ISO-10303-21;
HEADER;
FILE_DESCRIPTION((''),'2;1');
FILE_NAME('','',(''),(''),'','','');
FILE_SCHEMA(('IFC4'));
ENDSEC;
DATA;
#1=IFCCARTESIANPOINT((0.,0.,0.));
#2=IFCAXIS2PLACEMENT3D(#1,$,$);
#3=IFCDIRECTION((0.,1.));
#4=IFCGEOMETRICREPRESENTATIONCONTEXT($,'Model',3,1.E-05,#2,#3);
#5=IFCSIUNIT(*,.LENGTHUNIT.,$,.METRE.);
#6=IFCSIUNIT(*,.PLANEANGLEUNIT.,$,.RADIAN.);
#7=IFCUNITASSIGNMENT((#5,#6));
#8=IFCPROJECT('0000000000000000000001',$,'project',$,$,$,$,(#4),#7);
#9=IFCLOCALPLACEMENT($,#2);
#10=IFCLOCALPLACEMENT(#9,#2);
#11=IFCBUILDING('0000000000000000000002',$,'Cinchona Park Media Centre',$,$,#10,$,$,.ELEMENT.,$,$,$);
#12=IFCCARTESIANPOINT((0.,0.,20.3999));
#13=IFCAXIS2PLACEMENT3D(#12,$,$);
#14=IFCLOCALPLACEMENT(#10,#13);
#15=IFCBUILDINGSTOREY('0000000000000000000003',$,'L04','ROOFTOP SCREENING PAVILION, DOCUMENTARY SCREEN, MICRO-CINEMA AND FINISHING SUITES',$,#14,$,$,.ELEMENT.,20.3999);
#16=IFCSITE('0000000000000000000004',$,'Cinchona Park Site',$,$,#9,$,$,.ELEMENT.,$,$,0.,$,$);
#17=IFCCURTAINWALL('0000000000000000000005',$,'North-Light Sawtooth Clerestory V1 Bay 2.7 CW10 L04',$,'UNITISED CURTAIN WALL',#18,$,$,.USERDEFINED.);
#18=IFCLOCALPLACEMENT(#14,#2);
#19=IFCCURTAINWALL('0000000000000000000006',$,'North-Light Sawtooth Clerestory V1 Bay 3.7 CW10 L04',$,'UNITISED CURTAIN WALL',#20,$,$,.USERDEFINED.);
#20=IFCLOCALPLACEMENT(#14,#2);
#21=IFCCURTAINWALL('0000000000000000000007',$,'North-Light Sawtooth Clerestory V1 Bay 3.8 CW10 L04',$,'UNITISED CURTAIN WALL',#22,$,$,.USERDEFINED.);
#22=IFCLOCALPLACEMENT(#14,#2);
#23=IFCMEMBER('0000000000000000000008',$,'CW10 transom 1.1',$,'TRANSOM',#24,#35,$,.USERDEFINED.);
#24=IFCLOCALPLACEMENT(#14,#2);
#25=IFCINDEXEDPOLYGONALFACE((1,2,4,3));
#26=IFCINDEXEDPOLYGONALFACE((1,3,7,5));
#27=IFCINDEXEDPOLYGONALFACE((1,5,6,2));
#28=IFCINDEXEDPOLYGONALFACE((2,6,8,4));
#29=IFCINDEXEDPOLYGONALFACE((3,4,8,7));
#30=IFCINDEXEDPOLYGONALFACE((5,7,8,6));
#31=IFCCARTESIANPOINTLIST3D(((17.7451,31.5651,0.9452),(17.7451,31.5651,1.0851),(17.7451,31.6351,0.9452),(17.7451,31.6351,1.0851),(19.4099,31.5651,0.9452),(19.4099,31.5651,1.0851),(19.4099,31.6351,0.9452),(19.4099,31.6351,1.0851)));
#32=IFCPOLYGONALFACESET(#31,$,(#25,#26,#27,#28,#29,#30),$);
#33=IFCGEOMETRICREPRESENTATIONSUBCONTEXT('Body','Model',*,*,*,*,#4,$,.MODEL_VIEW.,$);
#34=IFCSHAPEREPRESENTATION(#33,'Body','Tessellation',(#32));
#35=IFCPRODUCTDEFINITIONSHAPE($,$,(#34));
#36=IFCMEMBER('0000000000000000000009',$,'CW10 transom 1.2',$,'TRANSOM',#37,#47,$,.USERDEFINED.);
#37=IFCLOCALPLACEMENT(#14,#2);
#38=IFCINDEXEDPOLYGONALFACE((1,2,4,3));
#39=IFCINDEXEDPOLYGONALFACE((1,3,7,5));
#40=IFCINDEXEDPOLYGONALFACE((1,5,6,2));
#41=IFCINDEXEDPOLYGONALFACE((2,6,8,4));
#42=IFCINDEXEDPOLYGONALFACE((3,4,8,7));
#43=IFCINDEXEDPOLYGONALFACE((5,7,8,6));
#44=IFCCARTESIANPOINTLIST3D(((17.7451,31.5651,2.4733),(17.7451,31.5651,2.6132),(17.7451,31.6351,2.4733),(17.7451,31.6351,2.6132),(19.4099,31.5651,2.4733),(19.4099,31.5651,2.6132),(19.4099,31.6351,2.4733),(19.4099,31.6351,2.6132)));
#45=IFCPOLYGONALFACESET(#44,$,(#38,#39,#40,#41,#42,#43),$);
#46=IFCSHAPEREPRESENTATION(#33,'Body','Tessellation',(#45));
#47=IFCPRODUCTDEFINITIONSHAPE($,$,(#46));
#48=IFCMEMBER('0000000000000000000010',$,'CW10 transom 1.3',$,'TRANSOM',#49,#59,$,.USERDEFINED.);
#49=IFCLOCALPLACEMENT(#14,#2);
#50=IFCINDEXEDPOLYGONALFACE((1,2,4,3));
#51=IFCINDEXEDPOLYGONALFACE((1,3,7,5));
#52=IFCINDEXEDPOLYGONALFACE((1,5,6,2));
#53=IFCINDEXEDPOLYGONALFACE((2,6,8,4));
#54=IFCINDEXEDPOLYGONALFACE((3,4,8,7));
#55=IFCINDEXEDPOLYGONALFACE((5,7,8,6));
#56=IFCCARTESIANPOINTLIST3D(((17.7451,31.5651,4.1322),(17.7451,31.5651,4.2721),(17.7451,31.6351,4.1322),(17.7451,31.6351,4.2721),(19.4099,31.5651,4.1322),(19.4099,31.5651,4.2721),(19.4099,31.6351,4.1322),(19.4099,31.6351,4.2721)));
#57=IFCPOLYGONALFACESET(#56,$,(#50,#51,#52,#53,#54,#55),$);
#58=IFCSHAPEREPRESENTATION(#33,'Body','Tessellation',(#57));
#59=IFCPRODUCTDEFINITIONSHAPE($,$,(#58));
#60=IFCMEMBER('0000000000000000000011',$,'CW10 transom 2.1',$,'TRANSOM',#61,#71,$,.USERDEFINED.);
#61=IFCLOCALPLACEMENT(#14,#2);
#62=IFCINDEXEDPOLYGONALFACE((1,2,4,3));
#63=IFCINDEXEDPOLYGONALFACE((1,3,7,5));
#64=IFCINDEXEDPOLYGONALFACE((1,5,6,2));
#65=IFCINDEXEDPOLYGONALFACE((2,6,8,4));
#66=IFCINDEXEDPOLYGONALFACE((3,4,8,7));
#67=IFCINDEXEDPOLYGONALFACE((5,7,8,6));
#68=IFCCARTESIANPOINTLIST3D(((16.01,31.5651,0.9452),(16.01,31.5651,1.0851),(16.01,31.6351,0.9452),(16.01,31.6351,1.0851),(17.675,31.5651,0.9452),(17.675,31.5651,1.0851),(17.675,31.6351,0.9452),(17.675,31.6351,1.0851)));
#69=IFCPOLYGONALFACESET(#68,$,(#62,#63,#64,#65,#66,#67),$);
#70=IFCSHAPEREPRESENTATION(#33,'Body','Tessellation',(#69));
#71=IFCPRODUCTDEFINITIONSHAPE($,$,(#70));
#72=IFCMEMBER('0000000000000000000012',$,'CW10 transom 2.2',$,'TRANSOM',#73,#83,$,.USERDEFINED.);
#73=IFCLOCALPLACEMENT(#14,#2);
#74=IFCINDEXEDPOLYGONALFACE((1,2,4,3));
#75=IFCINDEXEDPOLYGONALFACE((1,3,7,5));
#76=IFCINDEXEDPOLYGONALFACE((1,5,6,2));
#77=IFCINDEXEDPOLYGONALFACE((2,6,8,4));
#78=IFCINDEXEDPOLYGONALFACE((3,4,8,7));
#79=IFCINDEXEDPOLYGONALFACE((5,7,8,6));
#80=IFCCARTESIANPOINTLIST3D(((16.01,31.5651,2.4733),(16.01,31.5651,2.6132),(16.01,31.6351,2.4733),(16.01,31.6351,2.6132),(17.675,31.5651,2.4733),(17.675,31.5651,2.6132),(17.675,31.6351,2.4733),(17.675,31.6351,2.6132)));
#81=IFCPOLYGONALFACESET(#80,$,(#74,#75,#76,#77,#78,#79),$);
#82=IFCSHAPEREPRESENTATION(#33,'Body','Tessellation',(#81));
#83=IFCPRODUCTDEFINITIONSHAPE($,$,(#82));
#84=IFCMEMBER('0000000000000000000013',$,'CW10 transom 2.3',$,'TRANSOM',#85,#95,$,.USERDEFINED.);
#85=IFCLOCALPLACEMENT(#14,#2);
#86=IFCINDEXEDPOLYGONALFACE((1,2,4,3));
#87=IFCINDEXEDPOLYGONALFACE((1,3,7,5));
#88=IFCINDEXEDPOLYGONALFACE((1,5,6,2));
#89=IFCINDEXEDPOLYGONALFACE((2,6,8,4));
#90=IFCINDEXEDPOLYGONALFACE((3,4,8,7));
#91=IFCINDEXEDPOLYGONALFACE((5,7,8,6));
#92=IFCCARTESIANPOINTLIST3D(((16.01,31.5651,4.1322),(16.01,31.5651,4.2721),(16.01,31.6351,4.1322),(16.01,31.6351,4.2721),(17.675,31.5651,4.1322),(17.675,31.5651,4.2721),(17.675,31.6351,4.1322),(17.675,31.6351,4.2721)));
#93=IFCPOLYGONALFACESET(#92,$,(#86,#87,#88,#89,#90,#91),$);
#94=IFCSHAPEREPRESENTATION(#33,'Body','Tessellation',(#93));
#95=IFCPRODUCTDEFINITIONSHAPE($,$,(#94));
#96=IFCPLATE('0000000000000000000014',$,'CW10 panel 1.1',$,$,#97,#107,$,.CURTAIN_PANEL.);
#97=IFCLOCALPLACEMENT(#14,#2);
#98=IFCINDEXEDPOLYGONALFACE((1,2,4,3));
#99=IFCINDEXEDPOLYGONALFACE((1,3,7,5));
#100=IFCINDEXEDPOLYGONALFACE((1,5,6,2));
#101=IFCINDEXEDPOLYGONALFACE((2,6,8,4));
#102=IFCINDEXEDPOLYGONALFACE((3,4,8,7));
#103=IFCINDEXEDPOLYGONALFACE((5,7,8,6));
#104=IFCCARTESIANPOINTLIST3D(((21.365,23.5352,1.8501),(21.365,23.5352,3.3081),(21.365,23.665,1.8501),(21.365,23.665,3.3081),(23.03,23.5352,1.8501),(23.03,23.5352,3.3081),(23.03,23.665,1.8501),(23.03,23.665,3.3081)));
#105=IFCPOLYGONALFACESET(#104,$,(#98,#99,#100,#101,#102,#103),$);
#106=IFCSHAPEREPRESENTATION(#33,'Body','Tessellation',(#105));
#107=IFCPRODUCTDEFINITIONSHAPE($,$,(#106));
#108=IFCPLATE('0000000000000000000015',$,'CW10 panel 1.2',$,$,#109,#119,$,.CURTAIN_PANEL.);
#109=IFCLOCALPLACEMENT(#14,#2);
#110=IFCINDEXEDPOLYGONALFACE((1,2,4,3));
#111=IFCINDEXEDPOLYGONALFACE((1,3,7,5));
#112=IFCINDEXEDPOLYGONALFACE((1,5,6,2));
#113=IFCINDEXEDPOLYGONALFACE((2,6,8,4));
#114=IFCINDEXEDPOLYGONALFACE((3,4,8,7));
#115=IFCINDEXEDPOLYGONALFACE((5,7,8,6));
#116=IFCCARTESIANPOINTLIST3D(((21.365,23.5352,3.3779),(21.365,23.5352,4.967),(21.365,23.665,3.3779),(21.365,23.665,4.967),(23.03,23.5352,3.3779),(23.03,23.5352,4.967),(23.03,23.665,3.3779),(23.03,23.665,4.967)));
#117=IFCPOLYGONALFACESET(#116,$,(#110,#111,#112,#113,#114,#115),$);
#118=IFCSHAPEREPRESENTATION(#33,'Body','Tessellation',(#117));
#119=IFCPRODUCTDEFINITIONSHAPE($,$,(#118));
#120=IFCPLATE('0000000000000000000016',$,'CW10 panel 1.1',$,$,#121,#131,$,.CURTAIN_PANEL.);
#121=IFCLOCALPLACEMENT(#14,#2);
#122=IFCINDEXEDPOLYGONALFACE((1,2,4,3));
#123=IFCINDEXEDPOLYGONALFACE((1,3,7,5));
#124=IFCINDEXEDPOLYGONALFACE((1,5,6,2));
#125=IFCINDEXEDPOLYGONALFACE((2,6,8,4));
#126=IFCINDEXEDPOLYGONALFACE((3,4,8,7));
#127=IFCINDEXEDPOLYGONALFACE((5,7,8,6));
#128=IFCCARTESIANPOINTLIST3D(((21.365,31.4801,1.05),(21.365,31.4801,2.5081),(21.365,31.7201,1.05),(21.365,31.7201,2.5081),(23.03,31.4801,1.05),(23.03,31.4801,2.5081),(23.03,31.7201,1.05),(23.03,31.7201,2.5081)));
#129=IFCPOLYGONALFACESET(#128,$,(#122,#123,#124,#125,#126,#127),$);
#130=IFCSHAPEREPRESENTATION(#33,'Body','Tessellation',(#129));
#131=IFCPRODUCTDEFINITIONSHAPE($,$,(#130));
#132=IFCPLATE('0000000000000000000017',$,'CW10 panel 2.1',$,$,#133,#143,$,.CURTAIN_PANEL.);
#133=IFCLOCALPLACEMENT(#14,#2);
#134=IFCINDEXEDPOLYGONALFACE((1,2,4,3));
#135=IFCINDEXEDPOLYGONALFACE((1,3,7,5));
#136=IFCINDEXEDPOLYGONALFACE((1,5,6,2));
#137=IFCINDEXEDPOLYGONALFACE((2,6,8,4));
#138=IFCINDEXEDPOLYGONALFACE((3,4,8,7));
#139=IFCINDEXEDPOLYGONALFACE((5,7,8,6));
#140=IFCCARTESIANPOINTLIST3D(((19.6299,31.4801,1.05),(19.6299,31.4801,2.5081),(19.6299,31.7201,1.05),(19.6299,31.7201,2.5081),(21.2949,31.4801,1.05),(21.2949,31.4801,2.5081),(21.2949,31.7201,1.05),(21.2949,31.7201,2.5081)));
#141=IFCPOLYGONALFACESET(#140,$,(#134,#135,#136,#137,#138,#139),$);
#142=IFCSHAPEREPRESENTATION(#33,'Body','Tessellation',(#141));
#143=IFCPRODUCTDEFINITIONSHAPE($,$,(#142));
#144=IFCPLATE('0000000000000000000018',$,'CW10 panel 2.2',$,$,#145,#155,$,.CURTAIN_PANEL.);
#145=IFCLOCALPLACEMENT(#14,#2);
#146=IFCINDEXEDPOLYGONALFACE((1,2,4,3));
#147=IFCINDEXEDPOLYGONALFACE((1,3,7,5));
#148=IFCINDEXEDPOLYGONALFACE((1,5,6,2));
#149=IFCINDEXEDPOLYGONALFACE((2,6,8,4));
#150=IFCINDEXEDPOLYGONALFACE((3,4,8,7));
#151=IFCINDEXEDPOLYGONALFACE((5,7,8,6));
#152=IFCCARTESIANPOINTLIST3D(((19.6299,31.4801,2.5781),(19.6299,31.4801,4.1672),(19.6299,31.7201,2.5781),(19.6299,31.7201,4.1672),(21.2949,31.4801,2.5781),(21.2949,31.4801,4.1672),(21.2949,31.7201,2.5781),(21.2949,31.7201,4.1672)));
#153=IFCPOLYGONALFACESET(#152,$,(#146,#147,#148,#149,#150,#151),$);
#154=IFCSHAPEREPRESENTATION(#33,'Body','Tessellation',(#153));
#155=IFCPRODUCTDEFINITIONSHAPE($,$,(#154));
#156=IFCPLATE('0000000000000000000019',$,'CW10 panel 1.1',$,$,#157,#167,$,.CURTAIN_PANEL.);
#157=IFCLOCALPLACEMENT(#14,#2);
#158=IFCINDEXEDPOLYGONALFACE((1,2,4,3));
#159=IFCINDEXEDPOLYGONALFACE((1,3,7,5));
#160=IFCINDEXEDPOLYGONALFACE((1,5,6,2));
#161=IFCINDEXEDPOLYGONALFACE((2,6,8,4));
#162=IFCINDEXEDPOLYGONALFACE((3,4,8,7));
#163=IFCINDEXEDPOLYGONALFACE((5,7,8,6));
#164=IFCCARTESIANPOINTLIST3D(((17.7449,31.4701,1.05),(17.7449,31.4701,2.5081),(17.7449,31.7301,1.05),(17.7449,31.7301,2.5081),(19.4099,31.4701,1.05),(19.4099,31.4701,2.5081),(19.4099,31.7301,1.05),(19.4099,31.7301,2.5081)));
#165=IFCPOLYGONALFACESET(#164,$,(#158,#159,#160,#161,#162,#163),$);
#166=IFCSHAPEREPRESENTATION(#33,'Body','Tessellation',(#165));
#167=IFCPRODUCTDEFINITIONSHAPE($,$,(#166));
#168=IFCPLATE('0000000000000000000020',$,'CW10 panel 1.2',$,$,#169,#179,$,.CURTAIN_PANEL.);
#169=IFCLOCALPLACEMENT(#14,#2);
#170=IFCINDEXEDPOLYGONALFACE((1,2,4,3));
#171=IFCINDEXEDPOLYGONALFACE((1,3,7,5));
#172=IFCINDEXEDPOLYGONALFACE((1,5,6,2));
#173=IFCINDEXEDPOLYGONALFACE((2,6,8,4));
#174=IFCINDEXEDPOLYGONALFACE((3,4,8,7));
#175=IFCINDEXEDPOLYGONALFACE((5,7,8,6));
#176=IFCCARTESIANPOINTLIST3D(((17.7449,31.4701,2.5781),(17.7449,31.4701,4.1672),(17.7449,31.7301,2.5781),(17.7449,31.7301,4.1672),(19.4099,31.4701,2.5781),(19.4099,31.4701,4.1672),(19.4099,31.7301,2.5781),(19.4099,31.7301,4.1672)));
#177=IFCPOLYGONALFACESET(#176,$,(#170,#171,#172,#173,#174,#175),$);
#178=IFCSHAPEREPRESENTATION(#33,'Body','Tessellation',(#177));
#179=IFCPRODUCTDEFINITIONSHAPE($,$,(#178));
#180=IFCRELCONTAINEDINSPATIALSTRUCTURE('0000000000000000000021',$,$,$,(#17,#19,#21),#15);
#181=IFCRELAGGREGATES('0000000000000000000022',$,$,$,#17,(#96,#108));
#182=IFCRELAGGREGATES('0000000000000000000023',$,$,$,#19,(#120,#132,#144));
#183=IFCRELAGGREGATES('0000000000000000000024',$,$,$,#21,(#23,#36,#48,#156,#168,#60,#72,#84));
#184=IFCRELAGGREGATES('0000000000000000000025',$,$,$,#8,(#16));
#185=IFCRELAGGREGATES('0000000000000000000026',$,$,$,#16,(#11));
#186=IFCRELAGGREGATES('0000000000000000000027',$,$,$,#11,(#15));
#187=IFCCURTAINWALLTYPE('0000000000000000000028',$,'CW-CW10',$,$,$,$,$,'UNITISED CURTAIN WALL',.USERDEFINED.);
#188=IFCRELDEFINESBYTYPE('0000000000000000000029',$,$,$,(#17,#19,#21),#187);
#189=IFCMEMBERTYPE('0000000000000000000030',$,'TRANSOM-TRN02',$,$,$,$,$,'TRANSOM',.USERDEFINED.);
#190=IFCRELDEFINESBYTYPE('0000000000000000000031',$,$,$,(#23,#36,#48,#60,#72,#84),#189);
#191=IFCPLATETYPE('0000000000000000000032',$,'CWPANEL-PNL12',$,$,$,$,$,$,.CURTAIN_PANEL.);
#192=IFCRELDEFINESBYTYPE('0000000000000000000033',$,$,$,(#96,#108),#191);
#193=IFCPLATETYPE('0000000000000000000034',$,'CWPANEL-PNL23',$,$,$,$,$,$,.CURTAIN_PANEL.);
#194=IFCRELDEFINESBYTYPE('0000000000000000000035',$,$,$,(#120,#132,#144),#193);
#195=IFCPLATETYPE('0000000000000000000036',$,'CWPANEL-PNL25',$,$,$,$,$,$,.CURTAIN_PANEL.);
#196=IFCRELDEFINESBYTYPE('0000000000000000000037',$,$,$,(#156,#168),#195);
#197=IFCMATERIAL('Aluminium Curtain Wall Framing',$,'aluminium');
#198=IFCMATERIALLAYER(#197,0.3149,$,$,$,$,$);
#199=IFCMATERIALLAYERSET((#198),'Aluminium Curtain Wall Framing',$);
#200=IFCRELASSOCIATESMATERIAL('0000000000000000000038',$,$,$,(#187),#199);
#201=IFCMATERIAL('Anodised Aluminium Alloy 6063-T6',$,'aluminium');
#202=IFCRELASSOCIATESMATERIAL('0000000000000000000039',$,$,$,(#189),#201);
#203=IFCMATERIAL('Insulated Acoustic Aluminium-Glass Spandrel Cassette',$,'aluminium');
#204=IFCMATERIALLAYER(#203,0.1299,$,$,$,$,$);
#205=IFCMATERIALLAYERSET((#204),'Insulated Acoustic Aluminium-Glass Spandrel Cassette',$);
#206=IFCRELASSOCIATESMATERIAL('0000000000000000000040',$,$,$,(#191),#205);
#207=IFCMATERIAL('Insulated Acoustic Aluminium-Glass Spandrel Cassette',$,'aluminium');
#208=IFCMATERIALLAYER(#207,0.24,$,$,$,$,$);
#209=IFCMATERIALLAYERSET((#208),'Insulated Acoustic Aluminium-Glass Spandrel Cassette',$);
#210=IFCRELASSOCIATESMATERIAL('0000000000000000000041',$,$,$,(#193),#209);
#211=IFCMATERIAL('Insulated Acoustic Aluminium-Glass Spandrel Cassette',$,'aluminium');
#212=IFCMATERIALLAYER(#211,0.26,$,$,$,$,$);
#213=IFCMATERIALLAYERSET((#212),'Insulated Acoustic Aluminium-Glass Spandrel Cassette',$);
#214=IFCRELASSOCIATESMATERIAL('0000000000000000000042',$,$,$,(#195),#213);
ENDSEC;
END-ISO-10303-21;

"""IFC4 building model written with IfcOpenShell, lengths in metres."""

from ifc_helpers import new_model, si_unit, direction, frame, origin, origin_2d, place, context, subcontext, project, spatial, rectangle, extrude, material, layer, layer_set, material_profile, profile_set, type_object, element, aggregate, save


model = new_model("IFC4")

# Units and contexts
model_context = context("Model", 3, precision=1e-05, world=origin(), true_north=direction((0.0, 1.0)))
body_context = subcontext(model_context, "Body", "Model", "MODEL_VIEW")
ifc_project = project(units=[si_unit("LENGTHUNIT", "METRE"), si_unit("PLANEANGLEUNIT", "RADIAN")], contexts=[model_context])

# Site, building, storey
site_placement = place(None, origin())
site = spatial("IfcSite", under=ifc_project, at=site_placement, Name="Cinchona Park Site", CompositionType="ELEMENT", RefElevation=0.0)
building_placement = place(site_placement, origin())
building = spatial("IfcBuilding", under=site, at=building_placement, Name="Cinchona Park Media Centre", CompositionType="ELEMENT")
storey_placement = place(building_placement, frame((0.0, 0.0, 20.3999)))
storey = spatial("IfcBuildingStorey", under=building, at=storey_placement, Name="L04", Description="ROOFTOP SCREENING PAVILION, DOCUMENTARY SCREEN, MICRO-CINEMA AND FINISHING SUITES", CompositionType="ELEMENT", Elevation=20.3999)

# Curtain walls
ifc_material_1 = material(Name="Aluminium Curtain Wall Framing", Category="aluminium")
ifc_layer_1 = layer(ifc_material_1, 0.3149)
ifc_layer_set_1 = layer_set([ifc_layer_1], Name="Aluminium Curtain Wall Framing")
curtain_wall_type = type_object("IfcCurtainWallType", Name="CW-CW10", ElementType="UNITISED CURTAIN WALL", PredefinedType="USERDEFINED", material=ifc_layer_set_1)
curtain_wall_1_placement = place(storey_placement, origin())
curtain_wall_1 = element("IfcCurtainWall", 1, at=curtain_wall_1_placement, inside=storey, type_object=curtain_wall_type, Name="North-Light Sawtooth Clerestory V1 Bay 2.7 CW10 L04", ObjectType="UNITISED CURTAIN WALL", PredefinedType="USERDEFINED")
curtain_wall_2_placement = place(storey_placement, origin())
curtain_wall_2 = element("IfcCurtainWall", 2, at=curtain_wall_2_placement, inside=storey, type_object=curtain_wall_type, Name="North-Light Sawtooth Clerestory V1 Bay 3.7 CW10 L04", ObjectType="UNITISED CURTAIN WALL", PredefinedType="USERDEFINED")
curtain_wall_3_placement = place(storey_placement, origin())
curtain_wall_3 = element("IfcCurtainWall", 3, at=curtain_wall_3_placement, inside=storey, type_object=curtain_wall_type, Name="North-Light Sawtooth Clerestory V1 Bay 3.8 CW10 L04", ObjectType="UNITISED CURTAIN WALL", PredefinedType="USERDEFINED")

# Members
ifc_material_2 = material(Name="Anodised Aluminium Alloy 6063-T6", Category="aluminium")
ifc_material_profile_1 = material_profile(ifc_material_2, rectangle(XDim=0.0701, YDim=0.1399, at=origin_2d()), Name="TRN-70X140")
ifc_profile_set_1 = profile_set([ifc_material_profile_1], Name="Anodised Aluminium Alloy 6063-T6")
member_type_1 = type_object("IfcMemberType", Name="TRANSOM-TRN02", ElementType="TRANSOM", PredefinedType="USERDEFINED", material=ifc_profile_set_1)
member_1_placement = place(storey_placement, frame((19.4099, 31.6001, 1.0151), z_axis=(-1.0, 0.0, 0.0), x_axis=(0.0, -1.0, 0.0)))
member_1 = element("IfcMember", 4, at=member_1_placement, type_object=member_type_1, Name="CW10 transom 1.1", ObjectType="TRANSOM", PredefinedType="USERDEFINED", context=body_context, shape_type="SweptSolid", body=[
    extrude(rectangle(XDim=0.0701, YDim=0.1399, at=origin_2d()), origin(), (0.0, 0.0, 1.0), 1.6648),
])
member_2_placement = place(storey_placement, frame((19.4099, 31.6001, 2.5432), z_axis=(-1.0, 0.0, 0.0), x_axis=(0.0, -1.0, 0.0)))
member_2 = element("IfcMember", 5, at=member_2_placement, type_object=member_type_1, Name="CW10 transom 1.2", ObjectType="TRANSOM", PredefinedType="USERDEFINED", context=body_context, shape_type="SweptSolid", body=[
    extrude(rectangle(XDim=0.0701, YDim=0.1399, at=origin_2d()), origin(), (0.0, 0.0, 1.0), 1.6648),
])
member_3_placement = place(storey_placement, frame((19.4099, 31.6001, 4.2021), z_axis=(-1.0, 0.0, 0.0), x_axis=(0.0, -1.0, 0.0)))
member_3 = element("IfcMember", 6, at=member_3_placement, type_object=member_type_1, Name="CW10 transom 1.3", ObjectType="TRANSOM", PredefinedType="USERDEFINED", context=body_context, shape_type="SweptSolid", body=[
    extrude(rectangle(XDim=0.0701, YDim=0.1399, at=origin_2d()), origin(), (0.0, 0.0, 1.0), 1.6648),
])
member_4_placement = place(storey_placement, frame((17.675, 31.6001, 1.0151), z_axis=(-1.0, 0.0, 0.0), x_axis=(0.0, -1.0, 0.0)))
member_4 = element("IfcMember", 7, at=member_4_placement, type_object=member_type_1, Name="CW10 transom 2.1", ObjectType="TRANSOM", PredefinedType="USERDEFINED", context=body_context, shape_type="SweptSolid", body=[
    extrude(rectangle(XDim=0.0701, YDim=0.1399, at=origin_2d()), origin(), (0.0, 0.0, 1.0), 1.665),
])
member_5_placement = place(storey_placement, frame((17.675, 31.6001, 2.5432), z_axis=(-1.0, 0.0, 0.0), x_axis=(0.0, -1.0, 0.0)))
member_5 = element("IfcMember", 8, at=member_5_placement, type_object=member_type_1, Name="CW10 transom 2.2", ObjectType="TRANSOM", PredefinedType="USERDEFINED", context=body_context, shape_type="SweptSolid", body=[
    extrude(rectangle(XDim=0.0701, YDim=0.1399, at=origin_2d()), origin(), (0.0, 0.0, 1.0), 1.665),
])
member_6_placement = place(storey_placement, frame((17.675, 31.6001, 4.2021), z_axis=(-1.0, 0.0, 0.0), x_axis=(0.0, -1.0, 0.0)))
member_6 = element("IfcMember", 9, at=member_6_placement, type_object=member_type_1, Name="CW10 transom 2.3", ObjectType="TRANSOM", PredefinedType="USERDEFINED", context=body_context, shape_type="SweptSolid", body=[
    extrude(rectangle(XDim=0.0701, YDim=0.1399, at=origin_2d()), origin(), (0.0, 0.0, 1.0), 1.665),
])

# Plates
ifc_material_3 = material(Name="Insulated Acoustic Aluminium-Glass Spandrel Cassette", Category="aluminium")
ifc_layer_2 = layer(ifc_material_3, 0.1299)
ifc_layer_set_2 = layer_set([ifc_layer_2], Name="Insulated Acoustic Aluminium-Glass Spandrel Cassette")
plate_type_1 = type_object("IfcPlateType", Name="CWPANEL-PNL12", PredefinedType="CURTAIN_PANEL", material=ifc_layer_set_2)
plate_1_placement = place(storey_placement, frame((22.1975, 23.6001, 1.8501), z_axis=(0.0, 0.0, 1.0), x_axis=(-1.0, 0.0, 0.0)))
plate_1 = element("IfcPlate", 10, at=plate_1_placement, type_object=plate_type_1, Name="CW10 panel 1.1", PredefinedType="CURTAIN_PANEL", context=body_context, shape_type="SweptSolid", body=[
    extrude(rectangle(XDim=1.665, YDim=0.1299, at=origin_2d()), origin(), (0.0, 0.0, 1.0), 1.458),
])
plate_2_placement = place(storey_placement, frame((22.1975, 23.6001, 3.3779), z_axis=(0.0, 0.0, 1.0), x_axis=(-1.0, 0.0, 0.0)))
plate_2 = element("IfcPlate", 11, at=plate_2_placement, type_object=plate_type_1, Name="CW10 panel 1.2", PredefinedType="CURTAIN_PANEL", context=body_context, shape_type="SweptSolid", body=[
    extrude(rectangle(XDim=1.665, YDim=0.1299, at=origin_2d()), origin(), (0.0, 0.0, 1.0), 1.5891),
])
aggregate(curtain_wall_1, [plate_1, plate_2])
ifc_material_4 = material(Name="Insulated Acoustic Aluminium-Glass Spandrel Cassette", Category="aluminium")
ifc_layer_3 = layer(ifc_material_4, 0.24)
ifc_layer_set_3 = layer_set([ifc_layer_3], Name="Insulated Acoustic Aluminium-Glass Spandrel Cassette")
plate_type_2 = type_object("IfcPlateType", Name="CWPANEL-PNL23", PredefinedType="CURTAIN_PANEL", material=ifc_layer_set_3)
plate_3_placement = place(storey_placement, frame((22.1975, 31.6001, 1.05), z_axis=(0.0, 0.0, 1.0), x_axis=(-1.0, 0.0, 0.0)))
plate_3 = element("IfcPlate", 12, at=plate_3_placement, type_object=plate_type_2, Name="CW10 panel 1.1", PredefinedType="CURTAIN_PANEL", context=body_context, shape_type="SweptSolid", body=[
    extrude(rectangle(XDim=1.665, YDim=0.24, at=origin_2d()), origin(), (0.0, 0.0, 1.0), 1.458),
])
plate_4_placement = place(storey_placement, frame((20.4624, 31.6001, 1.05), z_axis=(0.0, 0.0, 1.0), x_axis=(-1.0, 0.0, 0.0)))
plate_4 = element("IfcPlate", 13, at=plate_4_placement, type_object=plate_type_2, Name="CW10 panel 2.1", PredefinedType="CURTAIN_PANEL", context=body_context, shape_type="SweptSolid", body=[
    extrude(rectangle(XDim=1.665, YDim=0.24, at=origin_2d()), origin(), (0.0, 0.0, 1.0), 1.458),
])
plate_5_placement = place(storey_placement, frame((20.4624, 31.6001, 2.5781), z_axis=(0.0, 0.0, 1.0), x_axis=(-1.0, 0.0, 0.0)))
plate_5 = element("IfcPlate", 14, at=plate_5_placement, type_object=plate_type_2, Name="CW10 panel 2.2", PredefinedType="CURTAIN_PANEL", context=body_context, shape_type="SweptSolid", body=[
    extrude(rectangle(XDim=1.665, YDim=0.24, at=origin_2d()), origin(), (0.0, 0.0, 1.0), 1.5891),
])
aggregate(curtain_wall_2, [plate_3, plate_4, plate_5])
ifc_material_5 = material(Name="Insulated Acoustic Aluminium-Glass Spandrel Cassette", Category="aluminium")
ifc_layer_4 = layer(ifc_material_5, 0.26)
ifc_layer_set_4 = layer_set([ifc_layer_4], Name="Insulated Acoustic Aluminium-Glass Spandrel Cassette")
plate_type_3 = type_object("IfcPlateType", Name="CWPANEL-PNL25", PredefinedType="CURTAIN_PANEL", material=ifc_layer_set_4)
plate_6_placement = place(storey_placement, frame((18.5774, 31.6001, 1.05), z_axis=(0.0, 0.0, 1.0), x_axis=(-1.0, 0.0, 0.0)))
plate_6 = element("IfcPlate", 15, at=plate_6_placement, type_object=plate_type_3, Name="CW10 panel 1.1", PredefinedType="CURTAIN_PANEL", context=body_context, shape_type="SweptSolid", body=[
    extrude(rectangle(XDim=1.665, YDim=0.26, at=origin_2d()), origin(), (0.0, 0.0, 1.0), 1.458),
])
plate_7_placement = place(storey_placement, frame((18.5774, 31.6001, 2.5781), z_axis=(0.0, 0.0, 1.0), x_axis=(-1.0, 0.0, 0.0)))
plate_7 = element("IfcPlate", 16, at=plate_7_placement, type_object=plate_type_3, Name="CW10 panel 1.2", PredefinedType="CURTAIN_PANEL", context=body_context, shape_type="SweptSolid", body=[
    extrude(rectangle(XDim=1.665, YDim=0.26, at=origin_2d()), origin(), (0.0, 0.0, 1.0), 1.5891),
])
aggregate(curtain_wall_3, [member_1, member_2, member_3, plate_6, plate_7, member_4, member_5, member_6])

save(model, "model.ifc")
